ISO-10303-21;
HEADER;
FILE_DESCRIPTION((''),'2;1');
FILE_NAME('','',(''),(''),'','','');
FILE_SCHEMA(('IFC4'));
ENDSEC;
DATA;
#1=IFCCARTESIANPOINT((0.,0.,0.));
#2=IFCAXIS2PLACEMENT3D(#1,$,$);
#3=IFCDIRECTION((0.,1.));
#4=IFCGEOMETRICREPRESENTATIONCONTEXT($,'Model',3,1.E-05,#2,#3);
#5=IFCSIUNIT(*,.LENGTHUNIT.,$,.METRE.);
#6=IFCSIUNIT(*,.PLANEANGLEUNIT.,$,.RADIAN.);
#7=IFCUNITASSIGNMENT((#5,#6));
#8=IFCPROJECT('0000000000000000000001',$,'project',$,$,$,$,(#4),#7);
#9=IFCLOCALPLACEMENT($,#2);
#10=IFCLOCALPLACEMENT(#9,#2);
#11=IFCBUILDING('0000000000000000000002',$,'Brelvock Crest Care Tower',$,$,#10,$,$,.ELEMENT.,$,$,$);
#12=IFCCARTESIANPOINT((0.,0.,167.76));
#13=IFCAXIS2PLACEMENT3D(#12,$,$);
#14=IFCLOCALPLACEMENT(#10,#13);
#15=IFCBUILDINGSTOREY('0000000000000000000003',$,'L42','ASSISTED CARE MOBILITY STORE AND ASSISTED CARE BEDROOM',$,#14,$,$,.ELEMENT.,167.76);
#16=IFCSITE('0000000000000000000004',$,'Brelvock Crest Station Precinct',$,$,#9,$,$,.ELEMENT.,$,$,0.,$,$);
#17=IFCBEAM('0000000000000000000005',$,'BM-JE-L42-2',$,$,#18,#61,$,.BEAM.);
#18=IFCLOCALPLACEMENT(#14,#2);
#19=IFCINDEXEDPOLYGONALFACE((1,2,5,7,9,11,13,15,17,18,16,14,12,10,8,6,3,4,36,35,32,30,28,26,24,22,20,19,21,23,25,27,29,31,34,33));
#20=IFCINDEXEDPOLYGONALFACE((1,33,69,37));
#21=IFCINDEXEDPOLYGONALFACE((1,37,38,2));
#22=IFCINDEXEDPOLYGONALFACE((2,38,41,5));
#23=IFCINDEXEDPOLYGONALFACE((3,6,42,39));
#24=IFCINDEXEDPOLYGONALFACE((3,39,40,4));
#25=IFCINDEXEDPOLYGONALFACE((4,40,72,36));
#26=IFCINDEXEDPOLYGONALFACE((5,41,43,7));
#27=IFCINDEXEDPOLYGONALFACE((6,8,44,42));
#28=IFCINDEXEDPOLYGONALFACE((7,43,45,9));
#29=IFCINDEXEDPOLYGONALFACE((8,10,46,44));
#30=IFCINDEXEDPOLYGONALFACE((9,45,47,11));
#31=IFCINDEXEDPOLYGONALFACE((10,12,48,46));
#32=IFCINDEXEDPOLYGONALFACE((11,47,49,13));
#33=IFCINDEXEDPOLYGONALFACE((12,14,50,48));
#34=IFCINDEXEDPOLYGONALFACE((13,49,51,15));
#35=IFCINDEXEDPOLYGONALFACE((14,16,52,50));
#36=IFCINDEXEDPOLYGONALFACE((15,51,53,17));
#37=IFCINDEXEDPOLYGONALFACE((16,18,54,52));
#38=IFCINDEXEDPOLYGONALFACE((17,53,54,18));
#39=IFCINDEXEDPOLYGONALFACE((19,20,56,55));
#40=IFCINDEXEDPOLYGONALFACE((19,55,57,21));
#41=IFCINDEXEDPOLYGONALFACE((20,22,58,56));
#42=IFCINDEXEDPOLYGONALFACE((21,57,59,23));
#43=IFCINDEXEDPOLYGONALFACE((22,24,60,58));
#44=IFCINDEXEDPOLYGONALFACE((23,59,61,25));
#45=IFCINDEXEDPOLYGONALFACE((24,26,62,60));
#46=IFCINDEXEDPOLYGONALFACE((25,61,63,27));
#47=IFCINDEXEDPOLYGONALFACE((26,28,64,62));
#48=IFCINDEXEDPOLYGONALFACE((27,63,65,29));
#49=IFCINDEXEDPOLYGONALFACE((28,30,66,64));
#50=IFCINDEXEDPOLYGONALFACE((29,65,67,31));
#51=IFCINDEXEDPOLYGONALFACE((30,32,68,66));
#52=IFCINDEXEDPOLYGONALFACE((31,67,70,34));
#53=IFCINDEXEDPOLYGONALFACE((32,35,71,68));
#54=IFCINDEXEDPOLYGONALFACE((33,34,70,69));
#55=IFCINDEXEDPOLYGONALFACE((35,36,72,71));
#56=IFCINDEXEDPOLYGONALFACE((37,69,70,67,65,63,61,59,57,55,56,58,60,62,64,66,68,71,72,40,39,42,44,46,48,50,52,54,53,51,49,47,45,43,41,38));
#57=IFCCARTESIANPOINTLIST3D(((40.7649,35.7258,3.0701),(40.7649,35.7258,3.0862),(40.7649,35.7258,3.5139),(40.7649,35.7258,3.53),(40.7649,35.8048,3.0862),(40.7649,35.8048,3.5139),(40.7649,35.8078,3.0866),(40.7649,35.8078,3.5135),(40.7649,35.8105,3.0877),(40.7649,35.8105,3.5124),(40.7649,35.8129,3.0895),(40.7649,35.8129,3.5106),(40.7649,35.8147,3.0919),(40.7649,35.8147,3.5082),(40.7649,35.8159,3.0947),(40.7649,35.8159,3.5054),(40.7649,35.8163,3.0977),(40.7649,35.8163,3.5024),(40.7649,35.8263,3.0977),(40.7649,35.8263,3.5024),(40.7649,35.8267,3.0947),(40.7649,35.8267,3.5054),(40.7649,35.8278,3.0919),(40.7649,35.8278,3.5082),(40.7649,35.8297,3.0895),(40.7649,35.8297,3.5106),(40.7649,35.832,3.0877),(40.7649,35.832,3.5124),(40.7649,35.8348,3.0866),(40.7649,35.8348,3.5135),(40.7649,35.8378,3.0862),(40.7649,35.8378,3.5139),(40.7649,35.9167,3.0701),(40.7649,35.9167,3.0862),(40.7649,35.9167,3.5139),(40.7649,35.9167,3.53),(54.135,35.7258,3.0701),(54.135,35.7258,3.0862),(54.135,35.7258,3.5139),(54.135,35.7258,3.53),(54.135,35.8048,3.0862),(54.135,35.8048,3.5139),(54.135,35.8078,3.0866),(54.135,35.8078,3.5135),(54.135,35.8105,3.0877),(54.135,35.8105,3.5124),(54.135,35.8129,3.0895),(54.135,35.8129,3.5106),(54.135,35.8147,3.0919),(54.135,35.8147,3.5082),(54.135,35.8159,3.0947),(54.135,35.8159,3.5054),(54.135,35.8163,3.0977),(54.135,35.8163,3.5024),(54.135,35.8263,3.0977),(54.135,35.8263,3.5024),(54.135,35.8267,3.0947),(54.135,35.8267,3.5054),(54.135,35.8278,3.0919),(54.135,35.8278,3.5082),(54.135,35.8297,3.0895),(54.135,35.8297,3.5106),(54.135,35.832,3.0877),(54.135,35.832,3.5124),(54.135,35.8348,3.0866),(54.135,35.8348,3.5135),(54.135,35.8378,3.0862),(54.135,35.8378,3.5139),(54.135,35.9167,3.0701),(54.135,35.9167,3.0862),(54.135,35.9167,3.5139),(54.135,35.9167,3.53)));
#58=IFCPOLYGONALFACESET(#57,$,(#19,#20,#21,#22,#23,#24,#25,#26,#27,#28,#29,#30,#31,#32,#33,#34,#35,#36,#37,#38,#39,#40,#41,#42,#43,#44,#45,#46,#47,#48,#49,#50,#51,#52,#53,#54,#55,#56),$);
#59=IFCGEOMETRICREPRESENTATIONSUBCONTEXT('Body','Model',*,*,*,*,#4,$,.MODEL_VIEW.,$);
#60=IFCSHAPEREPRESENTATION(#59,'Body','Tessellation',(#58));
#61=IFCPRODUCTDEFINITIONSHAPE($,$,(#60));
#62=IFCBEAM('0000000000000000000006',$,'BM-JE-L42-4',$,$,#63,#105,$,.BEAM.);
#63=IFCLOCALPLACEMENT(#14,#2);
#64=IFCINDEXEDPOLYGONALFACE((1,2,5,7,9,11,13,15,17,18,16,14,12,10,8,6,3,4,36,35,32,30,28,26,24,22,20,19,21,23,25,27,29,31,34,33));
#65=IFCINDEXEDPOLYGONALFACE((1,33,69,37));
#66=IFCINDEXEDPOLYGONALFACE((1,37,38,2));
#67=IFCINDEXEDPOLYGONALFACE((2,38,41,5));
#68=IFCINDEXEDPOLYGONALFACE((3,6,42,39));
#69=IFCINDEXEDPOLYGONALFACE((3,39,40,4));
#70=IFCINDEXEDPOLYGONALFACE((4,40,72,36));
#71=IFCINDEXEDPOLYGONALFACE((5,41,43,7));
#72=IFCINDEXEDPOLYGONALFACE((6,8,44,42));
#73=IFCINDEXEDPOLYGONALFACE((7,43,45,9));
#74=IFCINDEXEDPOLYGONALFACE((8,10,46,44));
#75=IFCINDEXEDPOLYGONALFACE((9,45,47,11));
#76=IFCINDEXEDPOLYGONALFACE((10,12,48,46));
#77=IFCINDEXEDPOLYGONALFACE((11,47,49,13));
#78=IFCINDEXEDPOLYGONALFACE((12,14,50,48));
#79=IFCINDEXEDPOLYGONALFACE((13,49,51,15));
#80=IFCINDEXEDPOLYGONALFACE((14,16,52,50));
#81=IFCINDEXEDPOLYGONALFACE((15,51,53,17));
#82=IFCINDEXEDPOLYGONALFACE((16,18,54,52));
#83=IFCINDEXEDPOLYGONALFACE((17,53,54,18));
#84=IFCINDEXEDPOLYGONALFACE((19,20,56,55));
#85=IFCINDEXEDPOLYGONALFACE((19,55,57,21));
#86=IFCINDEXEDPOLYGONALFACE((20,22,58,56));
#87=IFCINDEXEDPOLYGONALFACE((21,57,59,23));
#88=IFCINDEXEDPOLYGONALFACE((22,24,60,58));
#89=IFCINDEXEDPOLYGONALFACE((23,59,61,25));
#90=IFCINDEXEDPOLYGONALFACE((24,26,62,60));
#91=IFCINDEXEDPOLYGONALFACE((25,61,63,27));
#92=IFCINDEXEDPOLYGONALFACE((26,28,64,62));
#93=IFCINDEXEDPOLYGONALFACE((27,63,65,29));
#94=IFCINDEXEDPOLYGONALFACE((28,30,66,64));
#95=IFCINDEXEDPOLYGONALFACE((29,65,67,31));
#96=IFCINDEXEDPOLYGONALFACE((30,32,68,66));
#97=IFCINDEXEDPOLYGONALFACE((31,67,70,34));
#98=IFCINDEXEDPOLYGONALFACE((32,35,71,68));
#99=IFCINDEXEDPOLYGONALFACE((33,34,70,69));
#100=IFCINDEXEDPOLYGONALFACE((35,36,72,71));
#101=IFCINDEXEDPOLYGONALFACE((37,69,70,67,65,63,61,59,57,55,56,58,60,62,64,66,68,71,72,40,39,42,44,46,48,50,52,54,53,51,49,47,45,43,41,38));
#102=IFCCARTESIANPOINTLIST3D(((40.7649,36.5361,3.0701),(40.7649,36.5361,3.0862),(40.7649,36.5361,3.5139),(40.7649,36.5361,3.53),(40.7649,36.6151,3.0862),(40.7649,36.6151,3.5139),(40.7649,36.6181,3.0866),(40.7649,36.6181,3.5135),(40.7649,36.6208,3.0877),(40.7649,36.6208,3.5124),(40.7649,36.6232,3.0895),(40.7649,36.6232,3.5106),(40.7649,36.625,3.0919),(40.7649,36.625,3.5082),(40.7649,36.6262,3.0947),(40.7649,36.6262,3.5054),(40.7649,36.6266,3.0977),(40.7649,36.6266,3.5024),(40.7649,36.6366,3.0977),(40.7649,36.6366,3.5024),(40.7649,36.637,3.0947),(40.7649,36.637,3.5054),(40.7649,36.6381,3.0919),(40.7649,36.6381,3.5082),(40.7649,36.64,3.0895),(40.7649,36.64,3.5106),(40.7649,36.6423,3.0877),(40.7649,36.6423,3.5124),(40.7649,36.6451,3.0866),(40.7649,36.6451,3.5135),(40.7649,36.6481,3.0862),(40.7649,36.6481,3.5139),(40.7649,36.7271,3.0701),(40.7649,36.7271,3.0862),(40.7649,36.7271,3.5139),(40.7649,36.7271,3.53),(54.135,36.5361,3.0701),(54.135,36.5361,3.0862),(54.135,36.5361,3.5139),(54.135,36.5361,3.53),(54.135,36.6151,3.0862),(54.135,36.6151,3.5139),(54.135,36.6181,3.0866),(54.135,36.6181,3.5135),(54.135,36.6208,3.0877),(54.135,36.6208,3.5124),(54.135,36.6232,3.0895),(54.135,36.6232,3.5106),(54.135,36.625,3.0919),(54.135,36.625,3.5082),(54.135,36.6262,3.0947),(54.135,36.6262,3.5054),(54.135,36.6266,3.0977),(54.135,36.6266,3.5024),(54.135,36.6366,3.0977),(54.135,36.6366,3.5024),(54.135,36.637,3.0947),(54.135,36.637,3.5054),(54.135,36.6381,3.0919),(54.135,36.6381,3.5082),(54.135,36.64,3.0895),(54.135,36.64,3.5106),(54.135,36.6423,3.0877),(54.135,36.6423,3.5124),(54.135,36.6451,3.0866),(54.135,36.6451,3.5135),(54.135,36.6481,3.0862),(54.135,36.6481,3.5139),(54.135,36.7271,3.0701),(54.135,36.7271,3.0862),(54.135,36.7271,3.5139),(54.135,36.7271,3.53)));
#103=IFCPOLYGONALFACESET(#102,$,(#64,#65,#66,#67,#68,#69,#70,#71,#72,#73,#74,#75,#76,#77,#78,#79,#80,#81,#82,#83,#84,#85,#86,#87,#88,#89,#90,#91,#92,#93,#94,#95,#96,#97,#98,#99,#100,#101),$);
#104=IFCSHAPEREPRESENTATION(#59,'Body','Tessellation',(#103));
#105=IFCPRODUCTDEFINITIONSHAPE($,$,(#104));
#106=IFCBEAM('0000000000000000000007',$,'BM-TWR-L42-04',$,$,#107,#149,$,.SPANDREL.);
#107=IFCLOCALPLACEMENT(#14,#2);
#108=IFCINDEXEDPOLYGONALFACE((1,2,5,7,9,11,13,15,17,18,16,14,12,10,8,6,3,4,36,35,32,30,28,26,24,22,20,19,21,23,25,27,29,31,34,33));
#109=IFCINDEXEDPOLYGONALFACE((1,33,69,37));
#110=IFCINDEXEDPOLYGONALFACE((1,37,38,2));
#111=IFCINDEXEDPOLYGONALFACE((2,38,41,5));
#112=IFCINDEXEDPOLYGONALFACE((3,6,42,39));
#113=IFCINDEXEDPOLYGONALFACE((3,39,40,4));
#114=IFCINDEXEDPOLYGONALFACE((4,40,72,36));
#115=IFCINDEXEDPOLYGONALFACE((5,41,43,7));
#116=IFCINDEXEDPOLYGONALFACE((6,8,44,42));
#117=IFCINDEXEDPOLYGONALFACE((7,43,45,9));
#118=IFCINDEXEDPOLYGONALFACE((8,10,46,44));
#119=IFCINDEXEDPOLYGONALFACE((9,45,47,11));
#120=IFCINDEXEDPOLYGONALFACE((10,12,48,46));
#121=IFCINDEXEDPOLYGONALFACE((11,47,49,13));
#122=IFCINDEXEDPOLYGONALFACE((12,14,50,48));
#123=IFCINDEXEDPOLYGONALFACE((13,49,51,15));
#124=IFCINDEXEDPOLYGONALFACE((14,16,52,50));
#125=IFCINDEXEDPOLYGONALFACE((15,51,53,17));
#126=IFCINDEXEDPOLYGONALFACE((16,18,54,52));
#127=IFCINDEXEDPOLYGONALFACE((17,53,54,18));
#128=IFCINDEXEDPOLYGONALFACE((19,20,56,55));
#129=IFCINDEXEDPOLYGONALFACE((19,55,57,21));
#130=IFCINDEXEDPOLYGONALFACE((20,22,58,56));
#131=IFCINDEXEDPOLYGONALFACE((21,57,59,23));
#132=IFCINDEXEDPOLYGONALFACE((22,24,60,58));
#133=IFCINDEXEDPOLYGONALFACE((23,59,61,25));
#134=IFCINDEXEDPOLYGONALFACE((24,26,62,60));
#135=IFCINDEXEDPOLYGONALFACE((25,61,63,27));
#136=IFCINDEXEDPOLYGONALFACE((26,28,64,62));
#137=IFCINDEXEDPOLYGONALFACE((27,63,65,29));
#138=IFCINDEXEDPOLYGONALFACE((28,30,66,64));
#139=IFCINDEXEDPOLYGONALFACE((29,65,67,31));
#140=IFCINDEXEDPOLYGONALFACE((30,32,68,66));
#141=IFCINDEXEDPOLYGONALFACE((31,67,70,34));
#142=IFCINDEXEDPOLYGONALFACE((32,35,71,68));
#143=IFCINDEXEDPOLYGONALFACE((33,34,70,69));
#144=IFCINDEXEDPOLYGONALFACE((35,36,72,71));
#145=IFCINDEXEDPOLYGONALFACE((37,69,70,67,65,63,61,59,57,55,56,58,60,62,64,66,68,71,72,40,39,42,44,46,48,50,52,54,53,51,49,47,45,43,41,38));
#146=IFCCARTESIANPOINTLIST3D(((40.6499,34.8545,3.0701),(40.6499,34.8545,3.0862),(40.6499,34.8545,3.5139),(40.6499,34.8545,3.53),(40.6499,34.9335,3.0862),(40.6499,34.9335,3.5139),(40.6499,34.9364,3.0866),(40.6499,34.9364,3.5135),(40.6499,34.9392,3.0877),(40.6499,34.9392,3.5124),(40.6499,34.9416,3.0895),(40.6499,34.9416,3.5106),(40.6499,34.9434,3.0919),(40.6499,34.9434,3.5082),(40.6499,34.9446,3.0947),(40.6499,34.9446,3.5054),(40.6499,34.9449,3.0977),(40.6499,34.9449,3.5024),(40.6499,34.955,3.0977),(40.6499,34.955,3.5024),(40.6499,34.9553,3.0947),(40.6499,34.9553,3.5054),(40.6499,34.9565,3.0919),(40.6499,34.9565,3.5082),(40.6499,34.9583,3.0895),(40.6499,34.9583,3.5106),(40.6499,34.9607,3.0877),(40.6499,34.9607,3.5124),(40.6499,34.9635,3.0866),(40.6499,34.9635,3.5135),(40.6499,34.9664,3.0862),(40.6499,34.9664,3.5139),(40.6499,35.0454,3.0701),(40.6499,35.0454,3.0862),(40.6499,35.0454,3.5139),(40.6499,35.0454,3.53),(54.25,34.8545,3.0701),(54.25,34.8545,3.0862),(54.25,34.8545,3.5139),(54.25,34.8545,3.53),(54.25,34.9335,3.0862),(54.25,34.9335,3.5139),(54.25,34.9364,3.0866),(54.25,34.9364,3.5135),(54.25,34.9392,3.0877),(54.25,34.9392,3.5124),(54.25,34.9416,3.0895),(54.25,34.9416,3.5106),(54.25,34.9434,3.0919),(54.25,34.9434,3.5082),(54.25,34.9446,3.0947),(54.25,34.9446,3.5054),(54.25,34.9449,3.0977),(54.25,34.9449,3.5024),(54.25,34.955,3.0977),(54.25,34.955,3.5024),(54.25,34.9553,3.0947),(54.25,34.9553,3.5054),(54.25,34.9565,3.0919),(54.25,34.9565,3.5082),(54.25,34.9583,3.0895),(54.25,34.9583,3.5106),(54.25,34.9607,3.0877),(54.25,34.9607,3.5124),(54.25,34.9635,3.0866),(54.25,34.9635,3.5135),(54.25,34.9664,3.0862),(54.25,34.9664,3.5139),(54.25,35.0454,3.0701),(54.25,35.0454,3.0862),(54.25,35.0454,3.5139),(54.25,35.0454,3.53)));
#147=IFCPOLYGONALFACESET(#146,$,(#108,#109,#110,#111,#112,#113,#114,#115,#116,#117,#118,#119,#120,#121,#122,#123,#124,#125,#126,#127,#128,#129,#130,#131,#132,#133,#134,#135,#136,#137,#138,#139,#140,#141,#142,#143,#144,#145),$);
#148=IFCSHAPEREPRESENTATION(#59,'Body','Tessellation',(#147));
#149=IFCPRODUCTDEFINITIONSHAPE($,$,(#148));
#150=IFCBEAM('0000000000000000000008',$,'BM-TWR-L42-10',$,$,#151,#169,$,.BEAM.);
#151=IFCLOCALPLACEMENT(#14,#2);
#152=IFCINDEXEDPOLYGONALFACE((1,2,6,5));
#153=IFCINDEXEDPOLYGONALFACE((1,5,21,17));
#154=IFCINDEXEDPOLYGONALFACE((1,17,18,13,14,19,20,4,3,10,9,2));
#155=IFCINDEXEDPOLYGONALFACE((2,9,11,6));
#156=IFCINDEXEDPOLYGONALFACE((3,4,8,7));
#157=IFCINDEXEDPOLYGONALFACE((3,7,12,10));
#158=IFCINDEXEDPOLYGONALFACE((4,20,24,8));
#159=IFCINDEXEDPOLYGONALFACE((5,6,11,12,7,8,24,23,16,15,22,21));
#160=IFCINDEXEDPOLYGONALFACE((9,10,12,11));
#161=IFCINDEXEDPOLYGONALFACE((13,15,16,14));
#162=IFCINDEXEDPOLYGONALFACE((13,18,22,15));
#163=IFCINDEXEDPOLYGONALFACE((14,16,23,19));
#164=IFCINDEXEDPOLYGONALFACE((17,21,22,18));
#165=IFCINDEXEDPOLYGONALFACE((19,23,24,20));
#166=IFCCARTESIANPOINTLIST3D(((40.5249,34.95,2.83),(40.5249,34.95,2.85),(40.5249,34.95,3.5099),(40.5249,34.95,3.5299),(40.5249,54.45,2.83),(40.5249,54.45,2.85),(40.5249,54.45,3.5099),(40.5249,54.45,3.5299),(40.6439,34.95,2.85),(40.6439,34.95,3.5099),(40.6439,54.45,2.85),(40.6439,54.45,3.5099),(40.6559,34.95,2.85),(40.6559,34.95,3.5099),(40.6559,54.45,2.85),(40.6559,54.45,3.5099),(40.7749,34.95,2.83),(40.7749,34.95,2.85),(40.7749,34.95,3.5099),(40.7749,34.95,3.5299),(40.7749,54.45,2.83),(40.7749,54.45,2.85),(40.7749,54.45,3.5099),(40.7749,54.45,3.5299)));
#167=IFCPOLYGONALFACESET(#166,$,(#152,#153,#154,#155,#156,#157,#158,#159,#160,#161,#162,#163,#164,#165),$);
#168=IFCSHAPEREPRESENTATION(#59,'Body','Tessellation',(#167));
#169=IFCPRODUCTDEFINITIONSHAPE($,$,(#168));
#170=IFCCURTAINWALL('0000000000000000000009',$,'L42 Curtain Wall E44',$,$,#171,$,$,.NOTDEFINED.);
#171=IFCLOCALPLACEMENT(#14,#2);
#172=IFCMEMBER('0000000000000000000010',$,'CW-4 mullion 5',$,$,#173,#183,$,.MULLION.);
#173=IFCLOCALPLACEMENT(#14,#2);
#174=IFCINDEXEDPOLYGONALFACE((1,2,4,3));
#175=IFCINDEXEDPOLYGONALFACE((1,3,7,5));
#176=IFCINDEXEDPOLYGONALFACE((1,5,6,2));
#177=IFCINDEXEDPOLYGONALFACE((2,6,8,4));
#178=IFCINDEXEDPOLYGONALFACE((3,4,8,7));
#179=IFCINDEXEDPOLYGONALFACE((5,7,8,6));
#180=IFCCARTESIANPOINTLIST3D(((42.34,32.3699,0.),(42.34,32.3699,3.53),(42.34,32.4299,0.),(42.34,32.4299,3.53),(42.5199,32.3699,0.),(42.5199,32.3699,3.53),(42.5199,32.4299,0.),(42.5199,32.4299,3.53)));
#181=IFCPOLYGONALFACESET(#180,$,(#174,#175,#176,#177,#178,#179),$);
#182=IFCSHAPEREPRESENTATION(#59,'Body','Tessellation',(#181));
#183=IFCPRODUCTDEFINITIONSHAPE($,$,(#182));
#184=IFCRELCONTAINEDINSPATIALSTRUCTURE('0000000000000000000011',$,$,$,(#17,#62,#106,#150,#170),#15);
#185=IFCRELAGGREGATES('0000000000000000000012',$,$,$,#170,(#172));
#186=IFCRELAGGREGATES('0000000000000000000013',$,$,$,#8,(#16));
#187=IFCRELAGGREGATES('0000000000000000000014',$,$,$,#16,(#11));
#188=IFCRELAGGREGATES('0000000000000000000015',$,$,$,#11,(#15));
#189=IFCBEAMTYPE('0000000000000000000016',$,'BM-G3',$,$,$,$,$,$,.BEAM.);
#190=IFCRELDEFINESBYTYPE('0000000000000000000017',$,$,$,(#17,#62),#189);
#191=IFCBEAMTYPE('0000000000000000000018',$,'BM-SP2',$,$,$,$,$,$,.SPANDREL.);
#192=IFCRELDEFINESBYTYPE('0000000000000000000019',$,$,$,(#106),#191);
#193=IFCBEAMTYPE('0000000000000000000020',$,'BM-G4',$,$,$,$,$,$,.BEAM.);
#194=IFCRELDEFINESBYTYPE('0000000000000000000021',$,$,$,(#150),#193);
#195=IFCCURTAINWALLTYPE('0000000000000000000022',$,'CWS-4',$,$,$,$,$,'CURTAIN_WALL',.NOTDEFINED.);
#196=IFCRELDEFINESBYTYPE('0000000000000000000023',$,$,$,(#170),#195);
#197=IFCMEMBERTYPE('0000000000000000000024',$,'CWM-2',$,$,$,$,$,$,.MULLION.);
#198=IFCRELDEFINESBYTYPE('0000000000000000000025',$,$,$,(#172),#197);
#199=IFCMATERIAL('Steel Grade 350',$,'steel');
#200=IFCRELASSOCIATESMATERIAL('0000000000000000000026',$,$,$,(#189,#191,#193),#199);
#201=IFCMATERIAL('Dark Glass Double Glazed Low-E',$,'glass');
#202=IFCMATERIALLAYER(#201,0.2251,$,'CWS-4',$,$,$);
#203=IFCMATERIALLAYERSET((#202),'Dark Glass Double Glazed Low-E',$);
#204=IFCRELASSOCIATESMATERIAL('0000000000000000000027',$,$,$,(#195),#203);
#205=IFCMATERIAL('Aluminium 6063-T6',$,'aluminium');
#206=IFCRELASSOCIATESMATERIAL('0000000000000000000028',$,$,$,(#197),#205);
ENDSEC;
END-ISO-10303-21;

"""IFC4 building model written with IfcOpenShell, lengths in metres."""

from ifc_helpers import new_model, si_unit, direction, frame, origin, origin_2d, place, context, subcontext, project, spatial, rectangle, i_section, extrude, source, transform, mapped, material, layer, layer_set, material_profile, profile_set, type_object, element, aggregate, save


model = new_model("IFC4")

# Units and contexts
model_context = context("Model", 3, precision=1e-05, world=origin(), true_north=direction((0.0, 1.0)))
body_context = subcontext(model_context, "Body", "Model", "MODEL_VIEW")
ifc_project = project(units=[si_unit("LENGTHUNIT", "METRE"), si_unit("PLANEANGLEUNIT", "RADIAN")], contexts=[model_context])

# Site, building, storey
site_placement = place(None, origin())
site = spatial("IfcSite", under=ifc_project, at=site_placement, Name="Brelvock Crest Station Precinct", CompositionType="ELEMENT", RefElevation=0.0)
building_placement = place(site_placement, origin())
building = spatial("IfcBuilding", under=site, at=building_placement, Name="Brelvock Crest Care Tower", CompositionType="ELEMENT")
storey_placement = place(building_placement, frame((0.0, 0.0, 167.76)))
storey = spatial("IfcBuildingStorey", under=building, at=storey_placement, Name="L42", Description="ASSISTED CARE MOBILITY STORE AND ASSISTED CARE BEDROOM", CompositionType="ELEMENT", Elevation=167.76)

# Shared definitions
ifc_material_1 = material(Name="Steel Grade 350", Category="steel")

# Beams
ifc_material_profile_1 = material_profile(ifc_material_1, i_section(OverallWidth=0.1909, OverallDepth=0.46, WebThickness=0.01, FlangeThickness=0.0161, FilletRadius=0.0115, at=origin_2d()), Name="460UB82.1")
ifc_profile_set_1 = profile_set([ifc_material_profile_1], Name="Steel Grade 350")
beam_type_1 = type_object("IfcBeamType", Name="BM-G3", PredefinedType="BEAM", material=ifc_profile_set_1)
shared_shape_1 = source(origin(), body_context, "Body", "SweptSolid", [
    extrude(i_section(OverallWidth=0.1909, OverallDepth=0.46, WebThickness=0.01, FlangeThickness=0.0161, FilletRadius=0.0115, at=origin_2d()), origin(), (0.0, 0.0, 1.0), 13.3701),
])
for number, where, z_axis, x_axis, name in (
    (1, (40.7649, 35.8213, 3.3), (1.0, 0.0, 0.0), (0.0, 1.0, 0.0), "BM-JE-L42-2"),
    (2, (40.7649, 36.6316, 3.3), (1.0, 0.0, 0.0), (0.0, 1.0, 0.0), "BM-JE-L42-4"),
):
    element("IfcBeam", number, at=place(storey_placement, frame(where, z_axis=z_axis, x_axis=x_axis)), inside=storey, type_object=beam_type_1, Name=name, PredefinedType="BEAM", context=body_context, shape_type="MappedRepresentation", body=[
        mapped(shared_shape_1, transform((0.0, 0.0, 0.0), x_axis=(1.0, 0.0, 0.0), y_axis=(0.0, 1.0, 0.0), z_axis=(0.0, 0.0, 1.0), scale=1.0)),
    ])
ifc_material_profile_2 = material_profile(ifc_material_1, i_section(OverallWidth=0.1909, OverallDepth=0.46, WebThickness=0.01, FlangeThickness=0.0161, FilletRadius=0.0115, at=origin_2d()), Name="460UB82.1")
ifc_profile_set_2 = profile_set([ifc_material_profile_2], Name="Steel Grade 350")
beam_type_2 = type_object("IfcBeamType", Name="BM-SP2", PredefinedType="SPANDREL", material=ifc_profile_set_2)
shared_shape_2 = source(origin(), body_context, "Body", "SweptSolid", [
    extrude(i_section(OverallWidth=0.1909, OverallDepth=0.46, WebThickness=0.01, FlangeThickness=0.0161, FilletRadius=0.0115, at=origin_2d()), origin(), (0.0, 0.0, 1.0), 13.6001),
])
beam_1_placement = place(storey_placement, frame((40.6499, 34.95, 3.3), z_axis=(1.0, 0.0, 0.0), x_axis=(0.0, 1.0, 0.0)))
element("IfcBeam", 3, at=beam_1_placement, inside=storey, type_object=beam_type_2, Name="BM-TWR-L42-04", PredefinedType="SPANDREL", context=body_context, shape_type="MappedRepresentation", body=[
    mapped(shared_shape_2, transform((0.0, 0.0, 0.0), x_axis=(1.0, 0.0, 0.0), y_axis=(0.0, 1.0, 0.0), z_axis=(0.0, 0.0, 1.0), scale=1.0)),
])
ifc_material_profile_3 = material_profile(ifc_material_1, i_section(OverallWidth=0.25, OverallDepth=0.7, WebThickness=0.012, FlangeThickness=0.02, at=origin_2d()), Name="700WB150")
ifc_profile_set_3 = profile_set([ifc_material_profile_3], Name="Steel Grade 350")
beam_type_3 = type_object("IfcBeamType", Name="BM-G4", PredefinedType="BEAM", material=ifc_profile_set_3)
shared_shape_3 = source(origin(), body_context, "Body", "SweptSolid", [
    extrude(i_section(OverallWidth=0.25, OverallDepth=0.7, WebThickness=0.012, FlangeThickness=0.02, at=origin_2d()), origin(), (0.0, 0.0, 1.0), 19.5),
])
beam_2_placement = place(storey_placement, frame((40.6499, 34.95, 3.1799), z_axis=(0.0, 1.0, 0.0), x_axis=(-1.0, 0.0, 0.0)))
element("IfcBeam", 4, at=beam_2_placement, inside=storey, type_object=beam_type_3, Name="BM-TWR-L42-10", PredefinedType="BEAM", context=body_context, shape_type="MappedRepresentation", body=[
    mapped(shared_shape_3, transform((0.0, 0.0, 0.0), x_axis=(1.0, 0.0, 0.0), y_axis=(0.0, 1.0, 0.0), z_axis=(0.0, 0.0, 1.0), scale=1.0)),
])

# Curtain wall, member
ifc_material_2 = material(Name="Dark Glass Double Glazed Low-E", Category="glass")
ifc_layer_1 = layer(ifc_material_2, 0.2251, Name="CWS-4")
ifc_layer_set_1 = layer_set([ifc_layer_1], Name="Dark Glass Double Glazed Low-E")
curtain_wall_type = type_object("IfcCurtainWallType", Name="CWS-4", ElementType="CURTAIN_WALL", PredefinedType="NOTDEFINED", material=ifc_layer_set_1)
curtain_wall_1_placement = place(storey_placement, origin())
curtain_wall_1 = element("IfcCurtainWall", 5, at=curtain_wall_1_placement, inside=storey, type_object=curtain_wall_type, Name="L42 Curtain Wall E44", PredefinedType="NOTDEFINED")
ifc_material_3 = material(Name="Aluminium 6063-T6", Category="aluminium")
ifc_material_profile_4 = material_profile(ifc_material_3, rectangle(XDim=0.0601, YDim=0.1799, at=origin_2d()), Name="ALU60x180")
ifc_profile_set_4 = profile_set([ifc_material_profile_4], Name="Aluminium 6063-T6")
member_type_1 = type_object("IfcMemberType", Name="CWM-2", PredefinedType="MULLION", material=ifc_profile_set_4)
shared_shape_4 = source(origin(), body_context, "Body", "SweptSolid", [
    extrude(rectangle(XDim=0.0601, YDim=0.1799, at=origin_2d()), origin(), (0.0, 0.0, 1.0), 3.53),
])
member_1_placement = place(storey_placement, frame((42.4299, 32.3999, 0.0), z_axis=(0.0, 0.0, 1.0), x_axis=(0.0, -1.0, 0.0)))
member_1 = element("IfcMember", 6, at=member_1_placement, type_object=member_type_1, Name="CW-4 mullion 5", PredefinedType="MULLION", context=body_context, shape_type="MappedRepresentation", body=[
    mapped(shared_shape_4, transform((0.0, 0.0, 0.0), x_axis=(1.0, 0.0, 0.0), y_axis=(0.0, 1.0, 0.0), z_axis=(0.0, 0.0, 1.0), scale=1.0)),
])
aggregate(curtain_wall_1, [member_1])

save(model, "model.ifc")
